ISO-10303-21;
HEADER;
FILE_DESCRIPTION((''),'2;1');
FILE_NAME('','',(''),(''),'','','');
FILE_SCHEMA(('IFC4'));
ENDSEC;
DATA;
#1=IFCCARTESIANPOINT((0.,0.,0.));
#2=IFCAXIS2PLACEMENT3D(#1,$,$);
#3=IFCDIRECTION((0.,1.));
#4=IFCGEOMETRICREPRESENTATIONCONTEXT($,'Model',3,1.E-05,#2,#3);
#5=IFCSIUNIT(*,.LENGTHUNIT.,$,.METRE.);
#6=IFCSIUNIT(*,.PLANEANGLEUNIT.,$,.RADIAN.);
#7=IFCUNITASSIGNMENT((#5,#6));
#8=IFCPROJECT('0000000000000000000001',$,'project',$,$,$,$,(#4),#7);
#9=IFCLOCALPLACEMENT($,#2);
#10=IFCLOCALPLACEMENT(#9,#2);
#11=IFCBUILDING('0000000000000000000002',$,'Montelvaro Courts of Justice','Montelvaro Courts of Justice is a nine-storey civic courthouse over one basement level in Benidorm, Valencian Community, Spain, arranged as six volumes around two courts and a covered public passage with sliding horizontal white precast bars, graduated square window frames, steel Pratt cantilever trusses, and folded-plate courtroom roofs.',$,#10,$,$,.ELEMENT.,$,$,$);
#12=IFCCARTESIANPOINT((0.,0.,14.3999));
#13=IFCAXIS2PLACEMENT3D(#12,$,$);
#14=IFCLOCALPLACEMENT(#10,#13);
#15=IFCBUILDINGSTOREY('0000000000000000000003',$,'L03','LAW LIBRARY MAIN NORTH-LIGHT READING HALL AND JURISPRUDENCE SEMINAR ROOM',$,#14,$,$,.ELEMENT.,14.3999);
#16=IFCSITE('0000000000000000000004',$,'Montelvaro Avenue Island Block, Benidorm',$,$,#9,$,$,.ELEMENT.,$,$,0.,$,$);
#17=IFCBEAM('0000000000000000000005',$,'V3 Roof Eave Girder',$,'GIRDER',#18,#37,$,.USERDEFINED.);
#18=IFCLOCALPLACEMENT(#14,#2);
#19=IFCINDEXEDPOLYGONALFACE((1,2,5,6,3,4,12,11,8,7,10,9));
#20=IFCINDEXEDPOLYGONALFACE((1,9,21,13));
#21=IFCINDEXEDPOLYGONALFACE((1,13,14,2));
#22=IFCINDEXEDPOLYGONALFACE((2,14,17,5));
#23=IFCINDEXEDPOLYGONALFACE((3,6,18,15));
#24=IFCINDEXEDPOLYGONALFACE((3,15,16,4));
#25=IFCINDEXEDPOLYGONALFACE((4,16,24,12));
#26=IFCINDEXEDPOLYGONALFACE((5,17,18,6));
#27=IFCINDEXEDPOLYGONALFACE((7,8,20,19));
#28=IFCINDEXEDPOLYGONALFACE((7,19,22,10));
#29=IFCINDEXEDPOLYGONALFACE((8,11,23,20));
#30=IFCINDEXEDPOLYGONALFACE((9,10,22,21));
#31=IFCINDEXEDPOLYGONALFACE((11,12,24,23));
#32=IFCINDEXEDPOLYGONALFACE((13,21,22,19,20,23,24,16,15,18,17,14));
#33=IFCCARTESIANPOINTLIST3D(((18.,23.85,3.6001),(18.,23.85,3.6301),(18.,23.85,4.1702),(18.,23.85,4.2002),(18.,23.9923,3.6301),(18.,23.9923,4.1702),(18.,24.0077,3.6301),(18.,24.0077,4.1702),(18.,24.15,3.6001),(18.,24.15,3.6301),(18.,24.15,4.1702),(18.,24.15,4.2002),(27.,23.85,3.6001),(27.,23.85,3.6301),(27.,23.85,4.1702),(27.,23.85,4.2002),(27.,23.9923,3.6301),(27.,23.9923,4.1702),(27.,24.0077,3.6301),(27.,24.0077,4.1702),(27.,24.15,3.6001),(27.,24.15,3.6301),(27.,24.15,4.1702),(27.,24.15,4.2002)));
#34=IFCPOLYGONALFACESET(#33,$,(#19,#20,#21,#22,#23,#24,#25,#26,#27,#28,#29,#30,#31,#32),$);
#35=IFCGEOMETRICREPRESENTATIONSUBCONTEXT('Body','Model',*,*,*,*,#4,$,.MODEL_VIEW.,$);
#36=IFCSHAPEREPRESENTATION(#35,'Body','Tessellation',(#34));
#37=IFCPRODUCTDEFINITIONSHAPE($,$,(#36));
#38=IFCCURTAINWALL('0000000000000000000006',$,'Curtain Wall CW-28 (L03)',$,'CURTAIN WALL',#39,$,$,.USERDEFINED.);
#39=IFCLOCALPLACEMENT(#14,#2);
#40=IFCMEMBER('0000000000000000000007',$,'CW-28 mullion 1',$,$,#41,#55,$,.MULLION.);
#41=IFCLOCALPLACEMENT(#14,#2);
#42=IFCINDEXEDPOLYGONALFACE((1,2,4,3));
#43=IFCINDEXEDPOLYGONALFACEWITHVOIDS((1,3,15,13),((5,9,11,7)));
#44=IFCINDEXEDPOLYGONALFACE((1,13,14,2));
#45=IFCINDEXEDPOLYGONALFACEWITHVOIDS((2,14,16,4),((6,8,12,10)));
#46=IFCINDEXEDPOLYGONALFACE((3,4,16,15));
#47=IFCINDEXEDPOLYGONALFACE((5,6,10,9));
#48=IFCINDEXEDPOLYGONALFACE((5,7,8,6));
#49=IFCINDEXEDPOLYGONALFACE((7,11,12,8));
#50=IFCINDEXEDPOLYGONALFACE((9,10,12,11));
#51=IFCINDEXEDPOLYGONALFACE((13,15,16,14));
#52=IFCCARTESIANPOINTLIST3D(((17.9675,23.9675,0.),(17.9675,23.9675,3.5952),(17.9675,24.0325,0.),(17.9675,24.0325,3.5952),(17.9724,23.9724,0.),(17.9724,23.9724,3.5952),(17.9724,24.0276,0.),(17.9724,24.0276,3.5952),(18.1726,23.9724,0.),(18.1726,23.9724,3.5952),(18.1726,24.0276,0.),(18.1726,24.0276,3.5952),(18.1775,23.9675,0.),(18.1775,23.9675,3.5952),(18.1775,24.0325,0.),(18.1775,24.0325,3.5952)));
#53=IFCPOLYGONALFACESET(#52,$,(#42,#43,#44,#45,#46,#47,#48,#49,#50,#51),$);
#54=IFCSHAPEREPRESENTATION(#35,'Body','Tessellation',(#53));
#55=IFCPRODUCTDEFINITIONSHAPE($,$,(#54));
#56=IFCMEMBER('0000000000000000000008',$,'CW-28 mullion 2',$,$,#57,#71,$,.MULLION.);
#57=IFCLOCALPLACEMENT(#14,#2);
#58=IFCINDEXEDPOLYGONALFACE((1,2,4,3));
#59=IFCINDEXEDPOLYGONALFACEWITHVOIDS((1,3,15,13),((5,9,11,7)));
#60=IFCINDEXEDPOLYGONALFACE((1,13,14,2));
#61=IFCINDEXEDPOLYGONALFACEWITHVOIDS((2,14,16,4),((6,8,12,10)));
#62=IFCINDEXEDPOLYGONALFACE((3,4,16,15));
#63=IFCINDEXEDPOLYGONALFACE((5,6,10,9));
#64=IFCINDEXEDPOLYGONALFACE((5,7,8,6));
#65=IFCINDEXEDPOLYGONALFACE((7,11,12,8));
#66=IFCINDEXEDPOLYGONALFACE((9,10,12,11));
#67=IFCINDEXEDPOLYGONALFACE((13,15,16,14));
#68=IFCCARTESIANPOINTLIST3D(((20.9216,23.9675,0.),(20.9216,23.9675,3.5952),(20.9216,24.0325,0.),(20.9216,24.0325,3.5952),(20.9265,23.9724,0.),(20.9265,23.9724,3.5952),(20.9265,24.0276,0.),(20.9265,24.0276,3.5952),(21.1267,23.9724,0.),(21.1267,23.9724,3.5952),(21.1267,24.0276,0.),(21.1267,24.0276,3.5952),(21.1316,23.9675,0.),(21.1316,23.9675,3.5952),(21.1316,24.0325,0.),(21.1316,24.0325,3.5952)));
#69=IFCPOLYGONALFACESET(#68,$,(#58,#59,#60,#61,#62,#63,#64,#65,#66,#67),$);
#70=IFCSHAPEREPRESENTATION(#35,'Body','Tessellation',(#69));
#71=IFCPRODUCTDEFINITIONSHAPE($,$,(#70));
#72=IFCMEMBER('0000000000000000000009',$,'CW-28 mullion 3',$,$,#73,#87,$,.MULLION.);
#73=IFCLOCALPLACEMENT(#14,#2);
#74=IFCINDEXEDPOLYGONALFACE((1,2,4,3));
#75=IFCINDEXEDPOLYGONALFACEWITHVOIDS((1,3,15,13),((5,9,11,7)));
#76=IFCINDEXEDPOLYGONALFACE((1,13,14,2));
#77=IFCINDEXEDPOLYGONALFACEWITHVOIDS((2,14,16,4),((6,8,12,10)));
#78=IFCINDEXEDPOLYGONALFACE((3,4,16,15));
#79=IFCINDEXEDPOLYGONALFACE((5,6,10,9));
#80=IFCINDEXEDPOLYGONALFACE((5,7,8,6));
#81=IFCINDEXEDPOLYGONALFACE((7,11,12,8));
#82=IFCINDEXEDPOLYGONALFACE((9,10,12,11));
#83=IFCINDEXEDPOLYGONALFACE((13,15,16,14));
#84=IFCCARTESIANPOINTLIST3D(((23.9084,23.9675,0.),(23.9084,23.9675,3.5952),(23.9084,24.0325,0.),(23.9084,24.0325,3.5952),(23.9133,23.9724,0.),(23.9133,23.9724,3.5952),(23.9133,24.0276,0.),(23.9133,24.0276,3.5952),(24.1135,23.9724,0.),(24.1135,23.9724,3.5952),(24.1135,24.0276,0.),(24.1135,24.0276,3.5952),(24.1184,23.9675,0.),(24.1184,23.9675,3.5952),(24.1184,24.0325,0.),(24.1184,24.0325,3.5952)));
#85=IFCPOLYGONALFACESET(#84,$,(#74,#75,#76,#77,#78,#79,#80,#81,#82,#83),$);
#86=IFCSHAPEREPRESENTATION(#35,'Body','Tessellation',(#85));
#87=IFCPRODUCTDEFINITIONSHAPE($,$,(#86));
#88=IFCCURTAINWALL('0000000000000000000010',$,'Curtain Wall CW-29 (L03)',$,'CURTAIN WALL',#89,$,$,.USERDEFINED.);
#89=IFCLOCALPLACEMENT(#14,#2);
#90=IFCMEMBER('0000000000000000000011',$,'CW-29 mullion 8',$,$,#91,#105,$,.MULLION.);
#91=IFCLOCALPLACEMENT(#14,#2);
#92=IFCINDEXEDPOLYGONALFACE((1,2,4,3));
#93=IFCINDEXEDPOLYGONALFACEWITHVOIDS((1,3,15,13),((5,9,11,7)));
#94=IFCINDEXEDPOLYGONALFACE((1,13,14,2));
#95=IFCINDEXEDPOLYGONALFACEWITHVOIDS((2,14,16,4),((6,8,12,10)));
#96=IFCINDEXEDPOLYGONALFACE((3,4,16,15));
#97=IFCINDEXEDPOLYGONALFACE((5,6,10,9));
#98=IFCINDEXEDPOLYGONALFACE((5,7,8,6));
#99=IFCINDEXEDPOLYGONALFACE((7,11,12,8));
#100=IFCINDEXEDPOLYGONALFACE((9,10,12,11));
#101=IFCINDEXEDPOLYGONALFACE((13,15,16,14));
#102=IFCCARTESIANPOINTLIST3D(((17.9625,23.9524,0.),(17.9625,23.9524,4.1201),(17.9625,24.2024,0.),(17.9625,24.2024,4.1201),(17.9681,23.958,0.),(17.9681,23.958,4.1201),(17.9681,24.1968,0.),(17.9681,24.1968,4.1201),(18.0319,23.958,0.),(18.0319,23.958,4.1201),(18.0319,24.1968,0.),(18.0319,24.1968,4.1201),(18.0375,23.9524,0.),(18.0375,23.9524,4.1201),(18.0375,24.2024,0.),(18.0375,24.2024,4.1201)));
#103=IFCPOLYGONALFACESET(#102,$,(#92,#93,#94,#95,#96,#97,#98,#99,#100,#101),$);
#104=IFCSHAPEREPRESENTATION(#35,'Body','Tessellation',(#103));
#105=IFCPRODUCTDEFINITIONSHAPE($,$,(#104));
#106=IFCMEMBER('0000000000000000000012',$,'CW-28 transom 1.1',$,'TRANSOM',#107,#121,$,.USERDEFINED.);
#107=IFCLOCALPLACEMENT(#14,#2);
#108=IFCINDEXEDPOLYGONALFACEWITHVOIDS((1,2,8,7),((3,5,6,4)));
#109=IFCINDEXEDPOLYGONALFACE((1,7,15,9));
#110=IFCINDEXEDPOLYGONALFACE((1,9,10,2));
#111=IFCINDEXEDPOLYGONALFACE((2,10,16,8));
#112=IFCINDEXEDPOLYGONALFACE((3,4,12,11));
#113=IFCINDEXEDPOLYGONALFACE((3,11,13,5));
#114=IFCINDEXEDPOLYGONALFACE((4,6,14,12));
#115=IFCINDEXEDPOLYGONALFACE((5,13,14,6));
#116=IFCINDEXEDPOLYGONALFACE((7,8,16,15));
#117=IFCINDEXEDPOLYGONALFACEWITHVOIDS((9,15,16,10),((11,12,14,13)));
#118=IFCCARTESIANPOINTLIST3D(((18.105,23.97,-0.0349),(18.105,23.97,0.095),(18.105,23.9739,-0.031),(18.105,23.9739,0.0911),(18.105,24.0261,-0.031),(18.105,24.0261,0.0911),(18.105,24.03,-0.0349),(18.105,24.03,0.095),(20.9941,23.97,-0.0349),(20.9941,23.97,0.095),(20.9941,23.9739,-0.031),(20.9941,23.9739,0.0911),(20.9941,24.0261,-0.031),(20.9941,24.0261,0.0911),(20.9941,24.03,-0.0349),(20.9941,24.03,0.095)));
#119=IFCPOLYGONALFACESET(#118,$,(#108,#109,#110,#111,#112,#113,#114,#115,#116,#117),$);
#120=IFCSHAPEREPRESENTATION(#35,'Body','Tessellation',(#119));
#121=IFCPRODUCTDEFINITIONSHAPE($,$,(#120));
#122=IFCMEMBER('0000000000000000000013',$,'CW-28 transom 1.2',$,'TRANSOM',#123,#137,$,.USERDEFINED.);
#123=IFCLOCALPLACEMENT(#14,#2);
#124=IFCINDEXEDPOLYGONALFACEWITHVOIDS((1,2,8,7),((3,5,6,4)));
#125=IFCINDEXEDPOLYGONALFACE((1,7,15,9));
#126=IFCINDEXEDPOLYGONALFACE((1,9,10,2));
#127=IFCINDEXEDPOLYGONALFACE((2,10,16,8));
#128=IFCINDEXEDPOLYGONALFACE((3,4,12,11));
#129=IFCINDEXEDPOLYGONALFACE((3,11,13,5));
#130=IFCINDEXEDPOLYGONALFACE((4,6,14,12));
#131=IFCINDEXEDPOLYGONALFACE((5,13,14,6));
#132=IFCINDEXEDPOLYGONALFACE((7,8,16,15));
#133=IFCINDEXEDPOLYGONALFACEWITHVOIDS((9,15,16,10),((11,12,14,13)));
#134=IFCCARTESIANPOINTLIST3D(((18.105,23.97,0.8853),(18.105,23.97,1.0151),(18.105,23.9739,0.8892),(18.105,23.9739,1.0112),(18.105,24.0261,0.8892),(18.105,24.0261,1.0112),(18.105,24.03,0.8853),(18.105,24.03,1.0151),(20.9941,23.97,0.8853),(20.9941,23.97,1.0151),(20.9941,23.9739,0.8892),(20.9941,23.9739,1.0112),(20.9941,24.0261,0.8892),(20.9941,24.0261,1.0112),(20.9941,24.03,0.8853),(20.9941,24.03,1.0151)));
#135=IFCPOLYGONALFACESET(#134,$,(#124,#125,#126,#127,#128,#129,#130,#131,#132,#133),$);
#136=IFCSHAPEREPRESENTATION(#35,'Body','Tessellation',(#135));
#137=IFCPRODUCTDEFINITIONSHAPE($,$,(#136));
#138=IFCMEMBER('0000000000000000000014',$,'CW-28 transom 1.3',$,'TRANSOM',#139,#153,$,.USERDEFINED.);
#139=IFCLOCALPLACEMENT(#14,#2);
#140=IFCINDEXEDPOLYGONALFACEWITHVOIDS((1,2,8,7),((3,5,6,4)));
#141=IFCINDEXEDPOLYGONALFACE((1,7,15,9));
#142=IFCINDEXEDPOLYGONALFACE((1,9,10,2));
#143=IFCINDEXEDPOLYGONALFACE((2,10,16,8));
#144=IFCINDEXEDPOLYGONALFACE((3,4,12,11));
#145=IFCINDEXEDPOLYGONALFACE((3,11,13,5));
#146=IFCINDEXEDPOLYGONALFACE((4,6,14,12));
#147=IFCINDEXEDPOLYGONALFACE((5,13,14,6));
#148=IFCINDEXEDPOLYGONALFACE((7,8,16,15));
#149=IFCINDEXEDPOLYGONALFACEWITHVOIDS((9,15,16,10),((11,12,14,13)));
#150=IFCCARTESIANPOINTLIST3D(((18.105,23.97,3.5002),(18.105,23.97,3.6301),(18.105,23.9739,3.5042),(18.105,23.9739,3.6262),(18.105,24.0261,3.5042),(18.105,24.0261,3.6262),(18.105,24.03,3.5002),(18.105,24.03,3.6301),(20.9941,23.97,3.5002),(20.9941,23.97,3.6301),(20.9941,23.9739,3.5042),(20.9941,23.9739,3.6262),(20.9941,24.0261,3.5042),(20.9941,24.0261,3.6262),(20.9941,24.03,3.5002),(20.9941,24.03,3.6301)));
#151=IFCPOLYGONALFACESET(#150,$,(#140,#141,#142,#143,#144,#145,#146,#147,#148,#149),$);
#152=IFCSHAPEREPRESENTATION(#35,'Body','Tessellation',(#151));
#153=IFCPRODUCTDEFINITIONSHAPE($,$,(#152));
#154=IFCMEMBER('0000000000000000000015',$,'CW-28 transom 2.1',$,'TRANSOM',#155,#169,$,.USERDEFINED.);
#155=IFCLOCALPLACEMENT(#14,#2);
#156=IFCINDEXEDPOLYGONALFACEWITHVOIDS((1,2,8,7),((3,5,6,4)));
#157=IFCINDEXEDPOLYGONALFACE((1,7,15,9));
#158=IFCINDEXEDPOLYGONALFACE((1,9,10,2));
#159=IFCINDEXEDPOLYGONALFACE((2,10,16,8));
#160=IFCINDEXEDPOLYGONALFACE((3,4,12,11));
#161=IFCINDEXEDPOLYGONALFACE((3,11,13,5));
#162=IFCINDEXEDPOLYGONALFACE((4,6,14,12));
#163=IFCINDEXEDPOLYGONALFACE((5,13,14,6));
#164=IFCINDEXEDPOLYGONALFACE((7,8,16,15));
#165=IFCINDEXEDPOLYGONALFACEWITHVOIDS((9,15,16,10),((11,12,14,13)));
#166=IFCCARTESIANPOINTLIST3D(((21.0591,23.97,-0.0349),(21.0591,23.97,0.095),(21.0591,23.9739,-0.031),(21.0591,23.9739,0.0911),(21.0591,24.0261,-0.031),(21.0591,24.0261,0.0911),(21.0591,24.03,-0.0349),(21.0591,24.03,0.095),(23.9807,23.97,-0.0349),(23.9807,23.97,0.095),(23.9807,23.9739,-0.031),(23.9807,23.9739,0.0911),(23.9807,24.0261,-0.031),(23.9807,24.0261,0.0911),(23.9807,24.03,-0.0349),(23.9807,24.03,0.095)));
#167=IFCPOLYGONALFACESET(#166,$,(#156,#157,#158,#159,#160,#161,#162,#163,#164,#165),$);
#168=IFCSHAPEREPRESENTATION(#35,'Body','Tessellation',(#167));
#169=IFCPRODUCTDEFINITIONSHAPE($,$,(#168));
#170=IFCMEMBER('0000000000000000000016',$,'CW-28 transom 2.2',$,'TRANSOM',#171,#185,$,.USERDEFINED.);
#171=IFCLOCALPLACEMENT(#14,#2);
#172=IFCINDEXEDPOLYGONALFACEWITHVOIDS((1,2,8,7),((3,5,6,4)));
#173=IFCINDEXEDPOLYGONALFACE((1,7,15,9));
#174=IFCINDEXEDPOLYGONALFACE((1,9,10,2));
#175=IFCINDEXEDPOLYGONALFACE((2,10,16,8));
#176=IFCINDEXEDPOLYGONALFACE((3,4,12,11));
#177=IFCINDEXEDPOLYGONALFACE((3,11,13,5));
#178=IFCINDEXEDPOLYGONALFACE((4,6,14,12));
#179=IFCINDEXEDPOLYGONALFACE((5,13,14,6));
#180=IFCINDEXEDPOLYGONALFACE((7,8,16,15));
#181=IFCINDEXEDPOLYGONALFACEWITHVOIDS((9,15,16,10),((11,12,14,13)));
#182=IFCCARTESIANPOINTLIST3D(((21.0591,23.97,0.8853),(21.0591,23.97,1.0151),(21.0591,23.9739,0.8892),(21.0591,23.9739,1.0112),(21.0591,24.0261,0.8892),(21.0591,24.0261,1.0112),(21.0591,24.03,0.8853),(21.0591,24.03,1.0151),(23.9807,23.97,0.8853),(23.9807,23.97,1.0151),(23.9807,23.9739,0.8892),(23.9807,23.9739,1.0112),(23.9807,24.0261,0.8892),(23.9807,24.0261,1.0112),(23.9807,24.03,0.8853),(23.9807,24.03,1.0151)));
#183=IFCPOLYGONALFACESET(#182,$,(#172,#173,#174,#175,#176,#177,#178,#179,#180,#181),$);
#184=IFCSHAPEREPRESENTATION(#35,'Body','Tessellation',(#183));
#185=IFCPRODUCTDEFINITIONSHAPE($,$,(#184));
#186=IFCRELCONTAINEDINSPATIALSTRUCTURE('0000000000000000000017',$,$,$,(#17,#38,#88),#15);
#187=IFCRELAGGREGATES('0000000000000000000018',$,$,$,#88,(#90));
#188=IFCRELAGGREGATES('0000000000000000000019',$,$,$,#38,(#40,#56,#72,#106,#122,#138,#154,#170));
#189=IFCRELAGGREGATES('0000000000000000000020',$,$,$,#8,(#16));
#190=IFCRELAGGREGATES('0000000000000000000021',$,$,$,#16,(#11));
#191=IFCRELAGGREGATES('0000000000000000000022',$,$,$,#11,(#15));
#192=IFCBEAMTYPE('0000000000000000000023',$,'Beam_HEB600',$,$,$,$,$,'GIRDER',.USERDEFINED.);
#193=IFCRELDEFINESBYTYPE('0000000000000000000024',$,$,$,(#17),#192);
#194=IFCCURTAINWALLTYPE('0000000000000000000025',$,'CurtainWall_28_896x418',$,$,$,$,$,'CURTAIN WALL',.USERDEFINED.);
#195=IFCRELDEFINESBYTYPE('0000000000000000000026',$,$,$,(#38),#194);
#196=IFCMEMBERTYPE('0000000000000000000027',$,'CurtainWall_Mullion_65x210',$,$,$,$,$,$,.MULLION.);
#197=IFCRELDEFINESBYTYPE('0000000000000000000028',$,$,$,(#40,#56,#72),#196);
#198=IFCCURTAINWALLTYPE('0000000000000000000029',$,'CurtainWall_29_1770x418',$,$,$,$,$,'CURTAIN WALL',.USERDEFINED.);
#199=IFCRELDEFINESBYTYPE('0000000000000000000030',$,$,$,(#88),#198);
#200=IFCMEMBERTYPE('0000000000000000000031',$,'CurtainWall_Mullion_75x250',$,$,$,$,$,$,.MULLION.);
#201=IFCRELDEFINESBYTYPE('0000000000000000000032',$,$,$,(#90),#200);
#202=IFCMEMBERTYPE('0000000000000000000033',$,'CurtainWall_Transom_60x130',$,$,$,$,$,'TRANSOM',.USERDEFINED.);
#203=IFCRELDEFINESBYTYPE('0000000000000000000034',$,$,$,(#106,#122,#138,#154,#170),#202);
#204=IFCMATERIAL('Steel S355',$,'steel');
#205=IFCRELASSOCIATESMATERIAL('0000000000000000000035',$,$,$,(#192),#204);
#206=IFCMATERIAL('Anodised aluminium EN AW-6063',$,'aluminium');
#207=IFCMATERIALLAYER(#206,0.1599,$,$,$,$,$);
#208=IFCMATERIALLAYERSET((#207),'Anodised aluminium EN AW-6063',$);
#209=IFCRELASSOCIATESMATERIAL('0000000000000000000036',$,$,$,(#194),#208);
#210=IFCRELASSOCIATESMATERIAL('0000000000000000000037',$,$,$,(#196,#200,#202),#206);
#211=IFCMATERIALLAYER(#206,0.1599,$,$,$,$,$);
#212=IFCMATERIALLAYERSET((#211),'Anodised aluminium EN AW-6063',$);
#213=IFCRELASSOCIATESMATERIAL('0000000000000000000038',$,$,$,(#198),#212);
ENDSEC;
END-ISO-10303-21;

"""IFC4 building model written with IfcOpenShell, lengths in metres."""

from ifc_helpers import new_model, si_unit, direction, frame, origin, origin_2d, place, context, subcontext, project, spatial, hollow_rectangle, i_section, extrude, material, layer, layer_set, material_profile, profile_set, type_object, element, aggregate, save


model = new_model("IFC4")

# Units and contexts
model_context = context("Model", 3, precision=1e-05, world=origin(), true_north=direction((0.0, 1.0)))
body_context = subcontext(model_context, "Body", "Model", "MODEL_VIEW")
ifc_project = project(units=[si_unit("LENGTHUNIT", "METRE"), si_unit("PLANEANGLEUNIT", "RADIAN")], contexts=[model_context])

# Site, building, storey
site_placement = place(None, origin())
site = spatial("IfcSite", under=ifc_project, at=site_placement, Name="Montelvaro Avenue Island Block, Benidorm", CompositionType="ELEMENT", RefElevation=0.0)
building_placement = place(site_placement, origin())
building = spatial("IfcBuilding", under=site, at=building_placement, Name="Montelvaro Courts of Justice", Description="Montelvaro Courts of Justice is a nine-storey civic courthouse over one basement level in Benidorm, Valencian Community, Spain, arranged as six volumes around two courts and a covered public passage with sliding horizontal white precast bars, graduated square window frames, steel Pratt cantilever trusses, and folded-plate courtroom roofs.", CompositionType="ELEMENT")
storey_placement = place(building_placement, frame((0.0, 0.0, 14.3999)))
storey = spatial("IfcBuildingStorey", under=building, at=storey_placement, Name="L03", Description="LAW LIBRARY MAIN NORTH-LIGHT READING HALL AND JURISPRUDENCE SEMINAR ROOM", CompositionType="ELEMENT", Elevation=14.3999)

# Beam
ifc_material_1 = material(Name="Steel S355", Category="steel")
ifc_material_profile_1 = material_profile(ifc_material_1, i_section(OverallWidth=0.3, OverallDepth=0.6001, WebThickness=0.0154, FlangeThickness=0.03, at=origin_2d()), Name="HEB 600")
ifc_profile_set_1 = profile_set([ifc_material_profile_1], Name="Steel S355")
beam_type = type_object("IfcBeamType", Name="Beam_HEB600", ElementType="GIRDER", PredefinedType="USERDEFINED", material=ifc_profile_set_1)
beam_placement = place(storey_placement, frame((18.0, 24.0, 3.9001), z_axis=(1.0, 0.0, 0.0), x_axis=(0.0, 1.0, 0.0)))
element("IfcBeam", 1, at=beam_placement, inside=storey, type_object=beam_type, Name="V3 Roof Eave Girder", ObjectType="GIRDER", PredefinedType="USERDEFINED", context=body_context, shape_type="SweptSolid", body=[
    extrude(i_section(OverallWidth=0.3, OverallDepth=0.6001, WebThickness=0.0154, FlangeThickness=0.03, at=origin_2d()), origin(), (0.0, 0.0, 1.0), 9.0),
])

# Curtain wall, members
ifc_material_2 = material(Name="Anodised aluminium EN AW-6063", Category="aluminium")
ifc_layer_1 = layer(ifc_material_2, 0.1599)
ifc_layer_set_1 = layer_set([ifc_layer_1], Name="Anodised aluminium EN AW-6063")
curtain_wall_type_1 = type_object("IfcCurtainWallType", Name="CurtainWall_28_896x418", ElementType="CURTAIN WALL", PredefinedType="USERDEFINED", material=ifc_layer_set_1)
curtain_wall_1_placement = place(storey_placement, origin())
curtain_wall_1 = element("IfcCurtainWall", 2, at=curtain_wall_1_placement, inside=storey, type_object=curtain_wall_type_1, Name="Curtain Wall CW-28 (L03)", ObjectType="CURTAIN WALL", PredefinedType="USERDEFINED")
ifc_material_profile_2 = material_profile(ifc_material_2, hollow_rectangle(XDim=0.0649, YDim=0.21, WallThickness=0.0049, at=origin_2d()), Name="ALU-M 65x210")
ifc_profile_set_2 = profile_set([ifc_material_profile_2], Name="Anodised aluminium EN AW-6063")
member_type_1 = type_object("IfcMemberType", Name="CurtainWall_Mullion_65x210", PredefinedType="MULLION", material=ifc_profile_set_2)
member_1_placement = place(storey_placement, frame((18.0725, 24.0, 0.0), z_axis=(0.0, 0.0, 1.0), x_axis=(0.0, 1.0, 0.0)))
member_1 = element("IfcMember", 3, at=member_1_placement, type_object=member_type_1, Name="CW-28 mullion 1", PredefinedType="MULLION", context=body_context, shape_type="SweptSolid", body=[
    extrude(hollow_rectangle(XDim=0.0649, YDim=0.21, WallThickness=0.0049, at=origin_2d()), origin(), (0.0, 0.0, 1.0), 3.5952),
])
member_2_placement = place(storey_placement, frame((21.0266, 24.0, 0.0), z_axis=(0.0, 0.0, 1.0), x_axis=(0.0, 1.0, 0.0)))
member_2 = element("IfcMember", 4, at=member_2_placement, type_object=member_type_1, Name="CW-28 mullion 2", PredefinedType="MULLION", context=body_context, shape_type="SweptSolid", body=[
    extrude(hollow_rectangle(XDim=0.0649, YDim=0.21, WallThickness=0.0049, at=origin_2d()), origin(), (0.0, 0.0, 1.0), 3.5952),
])
member_3_placement = place(storey_placement, frame((24.0134, 24.0, 0.0), z_axis=(0.0, 0.0, 1.0), x_axis=(0.0, 1.0, 0.0)))
member_3 = element("IfcMember", 5, at=member_3_placement, type_object=member_type_1, Name="CW-28 mullion 3", PredefinedType="MULLION", context=body_context, shape_type="SweptSolid", body=[
    extrude(hollow_rectangle(XDim=0.0649, YDim=0.21, WallThickness=0.0049, at=origin_2d()), origin(), (0.0, 0.0, 1.0), 3.5952),
])

# Curtain wall, member
ifc_layer_2 = layer(ifc_material_2, 0.1599)
ifc_layer_set_2 = layer_set([ifc_layer_2], Name="Anodised aluminium EN AW-6063")
curtain_wall_type_2 = type_object("IfcCurtainWallType", Name="CurtainWall_29_1770x418", ElementType="CURTAIN WALL", PredefinedType="USERDEFINED", material=ifc_layer_set_2)
curtain_wall_2_placement = place(storey_placement, origin())
curtain_wall_2 = element("IfcCurtainWall", 6, at=curtain_wall_2_placement, inside=storey, type_object=curtain_wall_type_2, Name="Curtain Wall CW-29 (L03)", ObjectType="CURTAIN WALL", PredefinedType="USERDEFINED")
ifc_material_profile_3 = material_profile(ifc_material_2, hollow_rectangle(XDim=0.075, YDim=0.25, WallThickness=0.0056, at=origin_2d()), Name="ALU-M 75x250")
ifc_profile_set_3 = profile_set([ifc_material_profile_3], Name="Anodised aluminium EN AW-6063")
member_type_2 = type_object("IfcMemberType", Name="CurtainWall_Mullion_75x250", PredefinedType="MULLION", material=ifc_profile_set_3)
member_4_placement = place(storey_placement, frame((18.0, 24.0774, 0.0), z_axis=(0.0, 0.0, 1.0), x_axis=(1.0, 0.0, 0.0)))
member_4 = element("IfcMember", 7, at=member_4_placement, type_object=member_type_2, Name="CW-29 mullion 8", PredefinedType="MULLION", context=body_context, shape_type="SweptSolid", body=[
    extrude(hollow_rectangle(XDim=0.075, YDim=0.25, WallThickness=0.0056, at=origin_2d()), origin(), (0.0, 0.0, 1.0), 4.1201),
])
aggregate(curtain_wall_2, [member_4])

# Members
ifc_material_profile_4 = material_profile(ifc_material_2, hollow_rectangle(XDim=0.0601, YDim=0.1299, WallThickness=0.0039, at=origin_2d()), Name="ALU-T 60x130")
ifc_profile_set_4 = profile_set([ifc_material_profile_4], Name="Anodised aluminium EN AW-6063")
member_type_3 = type_object("IfcMemberType", Name="CurtainWall_Transom_60x130", ElementType="TRANSOM", PredefinedType="USERDEFINED", material=ifc_profile_set_4)
member_5_placement = place(storey_placement, frame((18.105, 24.0, 0.03), z_axis=(1.0, 0.0, 0.0), x_axis=(0.0, 1.0, 0.0)))
member_5 = element("IfcMember", 8, at=member_5_placement, type_object=member_type_3, Name="CW-28 transom 1.1", ObjectType="TRANSOM", PredefinedType="USERDEFINED", context=body_context, shape_type="SweptSolid", body=[
    extrude(hollow_rectangle(XDim=0.0601, YDim=0.1299, WallThickness=0.0039, at=origin_2d()), origin(), (0.0, 0.0, 1.0), 2.8892),
])
member_6_placement = place(storey_placement, frame((18.105, 24.0, 0.9502), z_axis=(1.0, 0.0, 0.0), x_axis=(0.0, 1.0, 0.0)))
member_6 = element("IfcMember", 9, at=member_6_placement, type_object=member_type_3, Name="CW-28 transom 1.2", ObjectType="TRANSOM", PredefinedType="USERDEFINED", context=body_context, shape_type="SweptSolid", body=[
    extrude(hollow_rectangle(XDim=0.0601, YDim=0.1299, WallThickness=0.0039, at=origin_2d()), origin(), (0.0, 0.0, 1.0), 2.8892),
])
member_7_placement = place(storey_placement, frame((18.105, 24.0, 3.5652), z_axis=(1.0, 0.0, 0.0), x_axis=(0.0, 1.0, 0.0)))
member_7 = element("IfcMember", 10, at=member_7_placement, type_object=member_type_3, Name="CW-28 transom 1.3", ObjectType="TRANSOM", PredefinedType="USERDEFINED", context=body_context, shape_type="SweptSolid", body=[
    extrude(hollow_rectangle(XDim=0.0601, YDim=0.1299, WallThickness=0.0039, at=origin_2d()), origin(), (0.0, 0.0, 1.0), 2.8892),
])
member_8_placement = place(storey_placement, frame((21.0591, 24.0, 0.03), z_axis=(1.0, 0.0, 0.0), x_axis=(0.0, 1.0, 0.0)))
member_8 = element("IfcMember", 11, at=member_8_placement, type_object=member_type_3, Name="CW-28 transom 2.1", ObjectType="TRANSOM", PredefinedType="USERDEFINED", context=body_context, shape_type="SweptSolid", body=[
    extrude(hollow_rectangle(XDim=0.0601, YDim=0.1299, WallThickness=0.0039, at=origin_2d()), origin(), (0.0, 0.0, 1.0), 2.9216),
])
member_9_placement = place(storey_placement, frame((21.0591, 24.0, 0.9502), z_axis=(1.0, 0.0, 0.0), x_axis=(0.0, 1.0, 0.0)))
member_9 = element("IfcMember", 12, at=member_9_placement, type_object=member_type_3, Name="CW-28 transom 2.2", ObjectType="TRANSOM", PredefinedType="USERDEFINED", context=body_context, shape_type="SweptSolid", body=[
    extrude(hollow_rectangle(XDim=0.0601, YDim=0.1299, WallThickness=0.0039, at=origin_2d()), origin(), (0.0, 0.0, 1.0), 2.9216),
])

aggregate(curtain_wall_1, [member_1, member_2, member_3, member_5, member_6, member_7, member_8, member_9])

save(model, "model.ifc")
